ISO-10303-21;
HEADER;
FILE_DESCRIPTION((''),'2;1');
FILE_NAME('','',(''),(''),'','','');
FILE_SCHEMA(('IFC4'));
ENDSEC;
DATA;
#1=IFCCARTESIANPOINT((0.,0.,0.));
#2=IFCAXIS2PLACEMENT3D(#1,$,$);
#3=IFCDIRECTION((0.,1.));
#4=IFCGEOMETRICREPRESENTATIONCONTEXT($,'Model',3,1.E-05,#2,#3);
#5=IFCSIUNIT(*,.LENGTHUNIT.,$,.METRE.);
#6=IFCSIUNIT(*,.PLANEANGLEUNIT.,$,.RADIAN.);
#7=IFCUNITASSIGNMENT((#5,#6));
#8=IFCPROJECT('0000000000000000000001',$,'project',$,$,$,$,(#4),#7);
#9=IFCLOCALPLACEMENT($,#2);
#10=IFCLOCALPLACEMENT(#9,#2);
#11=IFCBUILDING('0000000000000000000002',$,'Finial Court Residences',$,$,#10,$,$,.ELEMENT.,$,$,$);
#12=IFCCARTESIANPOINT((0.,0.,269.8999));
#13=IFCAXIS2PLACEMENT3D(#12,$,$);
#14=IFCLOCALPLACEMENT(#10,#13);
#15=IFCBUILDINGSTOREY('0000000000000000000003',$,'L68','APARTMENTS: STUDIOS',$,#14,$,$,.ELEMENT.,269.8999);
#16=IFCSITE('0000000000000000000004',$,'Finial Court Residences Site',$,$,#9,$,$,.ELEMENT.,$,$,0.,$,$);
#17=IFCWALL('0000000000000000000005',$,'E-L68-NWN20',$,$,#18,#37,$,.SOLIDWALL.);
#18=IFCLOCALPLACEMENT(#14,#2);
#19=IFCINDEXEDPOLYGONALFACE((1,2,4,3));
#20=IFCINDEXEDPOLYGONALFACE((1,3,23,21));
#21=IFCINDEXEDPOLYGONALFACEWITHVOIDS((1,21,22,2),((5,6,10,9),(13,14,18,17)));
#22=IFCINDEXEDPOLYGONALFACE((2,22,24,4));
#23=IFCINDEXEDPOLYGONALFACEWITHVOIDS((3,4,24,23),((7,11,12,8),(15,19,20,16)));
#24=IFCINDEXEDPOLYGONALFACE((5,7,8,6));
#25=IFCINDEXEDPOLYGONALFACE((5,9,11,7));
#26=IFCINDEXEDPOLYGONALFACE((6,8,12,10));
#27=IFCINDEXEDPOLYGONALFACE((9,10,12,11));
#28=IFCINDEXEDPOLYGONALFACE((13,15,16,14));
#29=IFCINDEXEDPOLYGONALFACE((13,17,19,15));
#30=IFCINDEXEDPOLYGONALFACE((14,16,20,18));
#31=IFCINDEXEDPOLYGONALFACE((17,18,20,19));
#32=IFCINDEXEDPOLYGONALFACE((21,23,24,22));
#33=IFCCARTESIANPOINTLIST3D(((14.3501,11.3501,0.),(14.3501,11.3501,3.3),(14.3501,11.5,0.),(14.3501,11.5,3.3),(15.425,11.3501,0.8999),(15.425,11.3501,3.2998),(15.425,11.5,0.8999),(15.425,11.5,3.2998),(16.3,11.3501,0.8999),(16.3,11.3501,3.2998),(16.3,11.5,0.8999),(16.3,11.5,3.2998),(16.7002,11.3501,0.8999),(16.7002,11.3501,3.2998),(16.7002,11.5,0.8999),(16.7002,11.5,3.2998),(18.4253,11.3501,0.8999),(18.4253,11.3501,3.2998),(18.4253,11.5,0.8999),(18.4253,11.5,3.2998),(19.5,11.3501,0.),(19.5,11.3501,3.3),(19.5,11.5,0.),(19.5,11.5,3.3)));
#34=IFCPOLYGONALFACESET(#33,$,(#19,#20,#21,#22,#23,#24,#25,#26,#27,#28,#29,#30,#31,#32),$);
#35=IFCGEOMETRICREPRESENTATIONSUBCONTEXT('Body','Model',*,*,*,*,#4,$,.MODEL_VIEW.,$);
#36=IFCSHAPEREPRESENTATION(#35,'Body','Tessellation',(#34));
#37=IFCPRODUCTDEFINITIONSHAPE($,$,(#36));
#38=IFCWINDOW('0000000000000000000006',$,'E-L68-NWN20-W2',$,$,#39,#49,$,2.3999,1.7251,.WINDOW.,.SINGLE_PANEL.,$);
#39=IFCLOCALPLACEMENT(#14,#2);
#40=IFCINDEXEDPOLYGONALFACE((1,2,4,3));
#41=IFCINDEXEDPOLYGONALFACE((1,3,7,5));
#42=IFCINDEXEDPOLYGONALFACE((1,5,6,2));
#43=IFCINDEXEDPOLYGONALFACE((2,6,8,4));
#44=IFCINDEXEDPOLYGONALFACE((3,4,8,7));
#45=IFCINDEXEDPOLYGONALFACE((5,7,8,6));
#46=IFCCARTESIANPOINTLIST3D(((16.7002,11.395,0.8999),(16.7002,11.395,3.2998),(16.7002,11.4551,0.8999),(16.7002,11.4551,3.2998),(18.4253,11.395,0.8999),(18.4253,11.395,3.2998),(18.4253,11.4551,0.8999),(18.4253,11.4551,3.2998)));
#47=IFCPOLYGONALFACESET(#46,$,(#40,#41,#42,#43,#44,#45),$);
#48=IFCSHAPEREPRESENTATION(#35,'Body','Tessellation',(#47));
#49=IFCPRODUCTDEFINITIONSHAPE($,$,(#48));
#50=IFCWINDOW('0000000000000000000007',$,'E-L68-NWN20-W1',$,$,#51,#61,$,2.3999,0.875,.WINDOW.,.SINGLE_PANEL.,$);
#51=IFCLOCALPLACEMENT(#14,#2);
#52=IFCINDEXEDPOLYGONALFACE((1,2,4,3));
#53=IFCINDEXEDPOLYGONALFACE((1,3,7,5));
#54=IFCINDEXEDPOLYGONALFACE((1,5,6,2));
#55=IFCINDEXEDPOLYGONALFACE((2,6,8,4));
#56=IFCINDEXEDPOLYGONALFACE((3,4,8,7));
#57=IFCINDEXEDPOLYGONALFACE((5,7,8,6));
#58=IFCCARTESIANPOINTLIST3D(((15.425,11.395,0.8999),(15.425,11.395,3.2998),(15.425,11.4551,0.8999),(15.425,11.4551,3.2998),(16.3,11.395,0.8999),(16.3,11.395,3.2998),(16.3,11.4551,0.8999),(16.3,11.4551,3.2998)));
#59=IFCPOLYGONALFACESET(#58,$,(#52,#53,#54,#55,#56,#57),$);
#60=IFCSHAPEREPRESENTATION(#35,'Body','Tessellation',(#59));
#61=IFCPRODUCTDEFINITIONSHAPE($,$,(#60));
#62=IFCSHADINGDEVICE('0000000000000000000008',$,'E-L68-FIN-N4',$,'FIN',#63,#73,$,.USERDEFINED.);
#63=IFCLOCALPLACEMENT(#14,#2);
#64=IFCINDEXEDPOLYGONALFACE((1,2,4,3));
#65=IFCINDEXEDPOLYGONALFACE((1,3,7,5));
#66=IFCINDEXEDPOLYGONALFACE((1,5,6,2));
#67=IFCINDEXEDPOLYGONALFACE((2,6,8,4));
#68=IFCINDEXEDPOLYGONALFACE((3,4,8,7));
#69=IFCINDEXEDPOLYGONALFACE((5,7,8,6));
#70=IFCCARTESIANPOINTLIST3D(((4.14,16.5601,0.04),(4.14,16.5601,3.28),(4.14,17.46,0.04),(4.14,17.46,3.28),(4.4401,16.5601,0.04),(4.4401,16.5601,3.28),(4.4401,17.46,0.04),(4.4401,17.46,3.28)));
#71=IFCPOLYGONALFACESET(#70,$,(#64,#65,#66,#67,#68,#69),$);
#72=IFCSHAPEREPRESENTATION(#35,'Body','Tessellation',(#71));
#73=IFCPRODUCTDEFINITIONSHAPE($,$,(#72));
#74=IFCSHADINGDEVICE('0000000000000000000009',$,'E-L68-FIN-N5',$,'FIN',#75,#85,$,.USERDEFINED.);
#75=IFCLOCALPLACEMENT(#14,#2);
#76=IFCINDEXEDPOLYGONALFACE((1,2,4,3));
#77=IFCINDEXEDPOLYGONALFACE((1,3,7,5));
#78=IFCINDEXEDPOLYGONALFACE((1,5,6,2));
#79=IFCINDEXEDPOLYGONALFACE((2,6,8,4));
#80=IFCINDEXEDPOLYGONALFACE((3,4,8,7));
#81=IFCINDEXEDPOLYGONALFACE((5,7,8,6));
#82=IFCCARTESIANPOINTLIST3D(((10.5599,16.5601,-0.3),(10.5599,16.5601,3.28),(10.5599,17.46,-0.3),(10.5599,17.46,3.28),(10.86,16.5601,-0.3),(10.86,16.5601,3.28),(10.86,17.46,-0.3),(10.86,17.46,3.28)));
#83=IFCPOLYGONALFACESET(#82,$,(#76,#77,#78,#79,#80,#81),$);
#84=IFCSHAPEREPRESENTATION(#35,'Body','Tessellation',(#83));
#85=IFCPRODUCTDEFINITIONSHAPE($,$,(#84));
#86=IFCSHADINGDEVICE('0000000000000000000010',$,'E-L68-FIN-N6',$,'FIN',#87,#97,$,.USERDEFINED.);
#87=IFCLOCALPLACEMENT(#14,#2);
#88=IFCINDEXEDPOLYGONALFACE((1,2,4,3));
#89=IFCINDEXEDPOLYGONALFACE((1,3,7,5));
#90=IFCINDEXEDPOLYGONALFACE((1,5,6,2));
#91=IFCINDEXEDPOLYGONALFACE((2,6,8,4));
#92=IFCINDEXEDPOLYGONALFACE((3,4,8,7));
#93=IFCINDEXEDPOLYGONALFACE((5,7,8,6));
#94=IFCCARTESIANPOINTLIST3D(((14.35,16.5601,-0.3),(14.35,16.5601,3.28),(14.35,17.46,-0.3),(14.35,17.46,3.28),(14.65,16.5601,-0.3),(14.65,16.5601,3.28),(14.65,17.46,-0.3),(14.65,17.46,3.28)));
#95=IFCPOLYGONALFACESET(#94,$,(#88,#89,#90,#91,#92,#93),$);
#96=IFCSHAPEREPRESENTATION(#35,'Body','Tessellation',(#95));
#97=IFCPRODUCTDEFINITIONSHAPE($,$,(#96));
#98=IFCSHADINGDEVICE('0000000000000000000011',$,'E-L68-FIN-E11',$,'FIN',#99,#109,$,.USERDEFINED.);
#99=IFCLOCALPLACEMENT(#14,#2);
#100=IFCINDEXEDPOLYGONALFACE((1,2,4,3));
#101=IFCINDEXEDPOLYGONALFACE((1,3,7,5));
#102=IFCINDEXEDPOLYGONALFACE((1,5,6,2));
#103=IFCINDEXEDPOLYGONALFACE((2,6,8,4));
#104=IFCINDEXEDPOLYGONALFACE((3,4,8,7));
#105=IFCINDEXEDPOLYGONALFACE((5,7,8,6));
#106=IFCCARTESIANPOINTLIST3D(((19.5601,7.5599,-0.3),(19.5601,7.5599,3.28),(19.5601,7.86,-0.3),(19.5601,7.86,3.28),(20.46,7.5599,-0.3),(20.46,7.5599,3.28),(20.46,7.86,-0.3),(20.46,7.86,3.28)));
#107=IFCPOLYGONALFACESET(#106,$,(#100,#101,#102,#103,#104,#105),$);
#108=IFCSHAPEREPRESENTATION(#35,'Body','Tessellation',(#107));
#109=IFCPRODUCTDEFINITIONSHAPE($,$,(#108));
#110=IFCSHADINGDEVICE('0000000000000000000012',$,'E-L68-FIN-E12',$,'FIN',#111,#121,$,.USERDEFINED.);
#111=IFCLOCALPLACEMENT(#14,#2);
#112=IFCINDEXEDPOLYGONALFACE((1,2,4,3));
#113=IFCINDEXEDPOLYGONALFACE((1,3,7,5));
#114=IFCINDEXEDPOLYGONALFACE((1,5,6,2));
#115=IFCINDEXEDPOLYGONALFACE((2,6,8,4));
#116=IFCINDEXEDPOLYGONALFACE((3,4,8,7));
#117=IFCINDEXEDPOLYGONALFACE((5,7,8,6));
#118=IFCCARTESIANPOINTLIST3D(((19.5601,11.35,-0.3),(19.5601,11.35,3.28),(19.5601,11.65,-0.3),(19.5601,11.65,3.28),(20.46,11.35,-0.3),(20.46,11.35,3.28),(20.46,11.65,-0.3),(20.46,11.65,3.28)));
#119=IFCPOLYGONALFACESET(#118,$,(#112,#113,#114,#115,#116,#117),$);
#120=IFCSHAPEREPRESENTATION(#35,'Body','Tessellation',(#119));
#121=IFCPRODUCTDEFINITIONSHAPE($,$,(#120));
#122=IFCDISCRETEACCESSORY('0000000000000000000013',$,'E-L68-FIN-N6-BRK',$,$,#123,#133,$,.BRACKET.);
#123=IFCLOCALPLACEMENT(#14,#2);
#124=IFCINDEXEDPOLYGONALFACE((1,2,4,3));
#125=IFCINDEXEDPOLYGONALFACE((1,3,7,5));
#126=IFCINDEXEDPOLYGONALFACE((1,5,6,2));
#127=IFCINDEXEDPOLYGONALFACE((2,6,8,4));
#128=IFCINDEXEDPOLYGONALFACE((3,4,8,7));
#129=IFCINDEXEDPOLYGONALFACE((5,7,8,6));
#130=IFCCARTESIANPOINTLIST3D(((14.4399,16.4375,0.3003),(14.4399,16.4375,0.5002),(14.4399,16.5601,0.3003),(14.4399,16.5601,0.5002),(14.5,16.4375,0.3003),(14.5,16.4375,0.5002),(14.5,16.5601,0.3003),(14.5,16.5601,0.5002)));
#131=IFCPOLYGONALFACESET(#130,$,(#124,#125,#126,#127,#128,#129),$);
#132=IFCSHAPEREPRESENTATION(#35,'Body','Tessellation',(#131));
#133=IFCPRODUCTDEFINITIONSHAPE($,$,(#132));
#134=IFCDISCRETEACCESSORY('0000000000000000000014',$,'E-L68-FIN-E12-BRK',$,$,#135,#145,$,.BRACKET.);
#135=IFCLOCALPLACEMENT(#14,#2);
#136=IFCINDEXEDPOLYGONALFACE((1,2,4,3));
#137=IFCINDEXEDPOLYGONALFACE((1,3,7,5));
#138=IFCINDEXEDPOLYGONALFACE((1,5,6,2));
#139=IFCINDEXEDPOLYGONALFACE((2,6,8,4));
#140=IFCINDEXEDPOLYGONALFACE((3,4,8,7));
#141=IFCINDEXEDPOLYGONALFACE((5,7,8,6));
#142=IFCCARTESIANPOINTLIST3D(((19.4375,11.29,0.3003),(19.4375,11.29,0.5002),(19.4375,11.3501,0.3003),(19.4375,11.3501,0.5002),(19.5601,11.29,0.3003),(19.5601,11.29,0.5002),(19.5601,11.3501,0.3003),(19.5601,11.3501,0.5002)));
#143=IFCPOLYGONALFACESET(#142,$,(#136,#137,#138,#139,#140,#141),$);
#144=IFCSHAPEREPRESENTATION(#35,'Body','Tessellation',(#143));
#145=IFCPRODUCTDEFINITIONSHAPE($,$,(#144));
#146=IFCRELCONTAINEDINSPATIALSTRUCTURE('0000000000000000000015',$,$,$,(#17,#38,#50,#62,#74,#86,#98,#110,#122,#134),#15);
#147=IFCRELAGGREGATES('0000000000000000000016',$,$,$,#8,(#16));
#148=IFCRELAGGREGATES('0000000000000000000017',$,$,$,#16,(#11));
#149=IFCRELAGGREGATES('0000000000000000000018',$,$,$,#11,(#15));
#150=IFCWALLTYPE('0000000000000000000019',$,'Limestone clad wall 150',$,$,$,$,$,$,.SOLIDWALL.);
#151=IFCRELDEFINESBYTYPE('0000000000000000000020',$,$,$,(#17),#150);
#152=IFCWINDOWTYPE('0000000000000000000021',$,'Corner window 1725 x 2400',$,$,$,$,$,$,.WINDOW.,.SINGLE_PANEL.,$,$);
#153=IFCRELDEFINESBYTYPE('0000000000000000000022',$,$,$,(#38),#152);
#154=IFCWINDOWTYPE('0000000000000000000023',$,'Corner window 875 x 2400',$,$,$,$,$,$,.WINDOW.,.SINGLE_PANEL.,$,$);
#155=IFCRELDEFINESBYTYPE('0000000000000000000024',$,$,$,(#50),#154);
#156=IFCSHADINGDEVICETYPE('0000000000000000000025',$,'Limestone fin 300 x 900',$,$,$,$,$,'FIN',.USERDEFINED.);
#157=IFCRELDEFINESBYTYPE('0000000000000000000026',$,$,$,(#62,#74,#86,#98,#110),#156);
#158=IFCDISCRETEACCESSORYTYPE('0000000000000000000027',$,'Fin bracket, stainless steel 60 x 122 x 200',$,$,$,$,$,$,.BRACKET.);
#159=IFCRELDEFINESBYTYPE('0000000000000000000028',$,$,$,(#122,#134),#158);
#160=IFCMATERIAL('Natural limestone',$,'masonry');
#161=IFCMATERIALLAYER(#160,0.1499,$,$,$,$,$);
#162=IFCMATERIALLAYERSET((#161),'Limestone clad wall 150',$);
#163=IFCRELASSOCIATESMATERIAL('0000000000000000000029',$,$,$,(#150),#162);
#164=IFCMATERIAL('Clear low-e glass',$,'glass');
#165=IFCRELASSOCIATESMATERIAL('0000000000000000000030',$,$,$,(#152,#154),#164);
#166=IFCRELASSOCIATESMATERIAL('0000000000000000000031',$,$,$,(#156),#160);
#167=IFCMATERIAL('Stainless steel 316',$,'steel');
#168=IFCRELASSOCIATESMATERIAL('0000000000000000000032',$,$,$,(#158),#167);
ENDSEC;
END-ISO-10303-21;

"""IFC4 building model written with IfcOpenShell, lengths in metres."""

from ifc_helpers import new_model, si_unit, direction, frame, frame_2d, origin, origin_2d, place, context, subcontext, project, spatial, rectangle, extrude, material, layer, layer_set, type_object, element, fill, save


model = new_model("IFC4")

# Units and contexts
model_context = context("Model", 3, precision=1e-05, world=origin(), true_north=direction((0.0, 1.0)))
body_context = subcontext(model_context, "Body", "Model", "MODEL_VIEW")
ifc_project = project(units=[si_unit("LENGTHUNIT", "METRE"), si_unit("PLANEANGLEUNIT", "RADIAN")], contexts=[model_context])

# Site, building, storey
site_placement = place(None, origin())
site = spatial("IfcSite", under=ifc_project, at=site_placement, Name="Finial Court Residences Site", CompositionType="ELEMENT", RefElevation=0.0)
building_placement = place(site_placement, origin())
building = spatial("IfcBuilding", under=site, at=building_placement, Name="Finial Court Residences", CompositionType="ELEMENT")
storey_placement = place(building_placement, frame((0.0, 0.0, 269.8999)))
storey = spatial("IfcBuildingStorey", under=building, at=storey_placement, Name="L68", Description="APARTMENTS: STUDIOS", CompositionType="ELEMENT", Elevation=269.8999)

# Shared definitions
ifc_material_1 = material(Name="Clear low-e glass", Category="glass")

# Shared definitions
ifc_material_2 = material(Name="Natural limestone", Category="masonry")
ifc_layer_1 = layer(ifc_material_2, 0.1499)
ifc_layer_set_1 = layer_set([ifc_layer_1], Name="Limestone clad wall 150")
wall_type_1 = type_object("IfcWallType", Name="Limestone clad wall 150", PredefinedType="SOLIDWALL", material=ifc_layer_set_1)

# Wall, openings, windows
wall_1_placement = place(storey_placement, frame((14.3501, 11.425, 0.0), z_axis=(0.0, 0.0, 1.0), x_axis=(1.0, 0.0, 0.0)))
wall_1 = element("IfcWall", 1, at=wall_1_placement, inside=storey, type_object=wall_type_1, Name="E-L68-NWN20", PredefinedType="SOLIDWALL", context=body_context, shape_type="SweptSolid", body=[
    extrude(rectangle(XDim=5.1499, YDim=0.1499, at=frame_2d((2.575, 0.0))), origin(), (0.0, 0.0, 1.0), 3.3),
])
opening_1_placement = place(wall_1_placement, frame((1.075, 0.0, 0.8999)))
opening_1 = element("IfcOpeningElement", 2, at=opening_1_placement, cuts=wall_1, PredefinedType="OPENING", context=body_context, shape_type="SweptSolid", body=[
    extrude(rectangle(XDim=0.875, YDim=2.3999, at=frame_2d((0.4375, 1.2))), frame((0.0, 0.085, 0.0), z_axis=(0.0, -1.0, 0.0), x_axis=(1.0, 0.0, 0.0)), (0.0, 0.0, 1.0), 0.1699),
])
opening_2_placement = place(wall_1_placement, frame((2.3501, 0.0, 0.8999)))
opening_2 = element("IfcOpeningElement", 3, at=opening_2_placement, cuts=wall_1, PredefinedType="OPENING", context=body_context, shape_type="SweptSolid", body=[
    extrude(rectangle(XDim=1.7251, YDim=2.3999, at=frame_2d((0.8625, 1.2))), frame((0.0, 0.085, 0.0), z_axis=(0.0, -1.0, 0.0), x_axis=(1.0, 0.0, 0.0)), (0.0, 0.0, 1.0), 0.1699),
])
window_type_1 = type_object("IfcWindowType", Name="Corner window 1725 x 2400", PartitioningType="SINGLE_PANEL", PredefinedType="WINDOW", material=ifc_material_1)
window_1_placement = place(opening_2_placement, origin())
window_1 = element("IfcWindow", 4, at=window_1_placement, inside=storey, type_object=window_type_1, Name="E-L68-NWN20-W2", OverallHeight=2.3999, OverallWidth=1.7251, PartitioningType="SINGLE_PANEL", PredefinedType="WINDOW", context=body_context, shape_type="SweptSolid", body=[
    extrude(rectangle(XDim=1.7251, YDim=2.3999, at=frame_2d((0.8625, 1.2))), frame((0.0, 0.03, 0.0), z_axis=(0.0, -1.0, 0.0), x_axis=(1.0, 0.0, 0.0)), (0.0, 0.0, 1.0), 0.0601),
])
fill(opening_2, window_1)
window_type_2 = type_object("IfcWindowType", Name="Corner window 875 x 2400", PartitioningType="SINGLE_PANEL", PredefinedType="WINDOW", material=ifc_material_1)
window_2_placement = place(opening_1_placement, origin())
window_2 = element("IfcWindow", 5, at=window_2_placement, inside=storey, type_object=window_type_2, Name="E-L68-NWN20-W1", OverallHeight=2.3999, OverallWidth=0.875, PartitioningType="SINGLE_PANEL", PredefinedType="WINDOW", context=body_context, shape_type="SweptSolid", body=[
    extrude(rectangle(XDim=0.875, YDim=2.3999, at=frame_2d((0.4375, 1.2))), frame((0.0, 0.03, 0.0), z_axis=(0.0, -1.0, 0.0), x_axis=(1.0, 0.0, 0.0)), (0.0, 0.0, 1.0), 0.0601),
])
fill(opening_1, window_2)

# Shading devices
shading_device_type = type_object("IfcShadingDeviceType", Name="Limestone fin 300 x 900", ElementType="FIN", PredefinedType="USERDEFINED", material=ifc_material_2)
shading_device_placement = place(storey_placement, frame((4.29, 17.01, 0.04), z_axis=(0.0, 0.0, 1.0), x_axis=(1.0, 0.0, 0.0)))
element("IfcShadingDevice", 6, at=shading_device_placement, inside=storey, type_object=shading_device_type, Name="E-L68-FIN-N4", ObjectType="FIN", PredefinedType="USERDEFINED", context=body_context, shape_type="SweptSolid", body=[
    extrude(rectangle(XDim=0.3, YDim=0.8999, at=origin_2d()), origin(), (0.0, 0.0, 1.0), 3.24),
])
for number, where, z_axis, x_axis, name in (
    (7, (10.71, 17.01, -0.3), (0.0, 0.0, 1.0), (1.0, 0.0, 0.0), "E-L68-FIN-N5"),
    (8, (14.5, 17.01, -0.3), (0.0, 0.0, 1.0), (1.0, 0.0, 0.0), "E-L68-FIN-N6"),
):
    element("IfcShadingDevice", number, at=place(storey_placement, frame(where, z_axis=z_axis, x_axis=x_axis)), inside=storey, type_object=shading_device_type, Name=name, ObjectType="FIN", PredefinedType="USERDEFINED", context=body_context, shape_type="SweptSolid", body=[
        extrude(rectangle(XDim=0.3, YDim=0.8999, at=origin_2d()), origin(), (0.0, 0.0, 1.0), 3.5801),
    ])
for number, where, z_axis, x_axis, name in (
    (9, (20.01, 7.71, -0.3), (0.0, 0.0, 1.0), (1.0, 0.0, 0.0), "E-L68-FIN-E11"),
    (10, (20.01, 11.5, -0.3), (0.0, 0.0, 1.0), (1.0, 0.0, 0.0), "E-L68-FIN-E12"),
):
    element("IfcShadingDevice", number, at=place(storey_placement, frame(where, z_axis=z_axis, x_axis=x_axis)), inside=storey, type_object=shading_device_type, Name=name, ObjectType="FIN", PredefinedType="USERDEFINED", context=body_context, shape_type="SweptSolid", body=[
        extrude(rectangle(XDim=0.8999, YDim=0.3, at=origin_2d()), origin(), (0.0, 0.0, 1.0), 3.5801),
    ])

# Discrete accessories
ifc_material_3 = material(Name="Stainless steel 316", Category="steel")
discrete_accessory_type = type_object("IfcDiscreteAccessoryType", Name="Fin bracket, stainless steel 60 x 122 x 200", PredefinedType="BRACKET", material=ifc_material_3)
discrete_accessory_1_placement = place(storey_placement, frame((14.47, 16.4988, 0.3003), z_axis=(0.0, 0.0, 1.0), x_axis=(1.0, 0.0, 0.0)))
element("IfcDiscreteAccessory", 11, at=discrete_accessory_1_placement, inside=storey, type_object=discrete_accessory_type, Name="E-L68-FIN-N6-BRK", PredefinedType="BRACKET", context=body_context, shape_type="SweptSolid", body=[
    extrude(rectangle(XDim=0.0601, YDim=0.1226, at=origin_2d()), origin(), (0.0, 0.0, 1.0), 0.2),
])
discrete_accessory_2_placement = place(storey_placement, frame((19.4988, 11.3201, 0.3003), z_axis=(0.0, 0.0, 1.0), x_axis=(1.0, 0.0, 0.0)))
element("IfcDiscreteAccessory", 12, at=discrete_accessory_2_placement, inside=storey, type_object=discrete_accessory_type, Name="E-L68-FIN-E12-BRK", PredefinedType="BRACKET", context=body_context, shape_type="SweptSolid", body=[
    extrude(rectangle(XDim=0.1226, YDim=0.0601, at=origin_2d()), origin(), (0.0, 0.0, 1.0), 0.2),
])

save(model, "model.ifc")
